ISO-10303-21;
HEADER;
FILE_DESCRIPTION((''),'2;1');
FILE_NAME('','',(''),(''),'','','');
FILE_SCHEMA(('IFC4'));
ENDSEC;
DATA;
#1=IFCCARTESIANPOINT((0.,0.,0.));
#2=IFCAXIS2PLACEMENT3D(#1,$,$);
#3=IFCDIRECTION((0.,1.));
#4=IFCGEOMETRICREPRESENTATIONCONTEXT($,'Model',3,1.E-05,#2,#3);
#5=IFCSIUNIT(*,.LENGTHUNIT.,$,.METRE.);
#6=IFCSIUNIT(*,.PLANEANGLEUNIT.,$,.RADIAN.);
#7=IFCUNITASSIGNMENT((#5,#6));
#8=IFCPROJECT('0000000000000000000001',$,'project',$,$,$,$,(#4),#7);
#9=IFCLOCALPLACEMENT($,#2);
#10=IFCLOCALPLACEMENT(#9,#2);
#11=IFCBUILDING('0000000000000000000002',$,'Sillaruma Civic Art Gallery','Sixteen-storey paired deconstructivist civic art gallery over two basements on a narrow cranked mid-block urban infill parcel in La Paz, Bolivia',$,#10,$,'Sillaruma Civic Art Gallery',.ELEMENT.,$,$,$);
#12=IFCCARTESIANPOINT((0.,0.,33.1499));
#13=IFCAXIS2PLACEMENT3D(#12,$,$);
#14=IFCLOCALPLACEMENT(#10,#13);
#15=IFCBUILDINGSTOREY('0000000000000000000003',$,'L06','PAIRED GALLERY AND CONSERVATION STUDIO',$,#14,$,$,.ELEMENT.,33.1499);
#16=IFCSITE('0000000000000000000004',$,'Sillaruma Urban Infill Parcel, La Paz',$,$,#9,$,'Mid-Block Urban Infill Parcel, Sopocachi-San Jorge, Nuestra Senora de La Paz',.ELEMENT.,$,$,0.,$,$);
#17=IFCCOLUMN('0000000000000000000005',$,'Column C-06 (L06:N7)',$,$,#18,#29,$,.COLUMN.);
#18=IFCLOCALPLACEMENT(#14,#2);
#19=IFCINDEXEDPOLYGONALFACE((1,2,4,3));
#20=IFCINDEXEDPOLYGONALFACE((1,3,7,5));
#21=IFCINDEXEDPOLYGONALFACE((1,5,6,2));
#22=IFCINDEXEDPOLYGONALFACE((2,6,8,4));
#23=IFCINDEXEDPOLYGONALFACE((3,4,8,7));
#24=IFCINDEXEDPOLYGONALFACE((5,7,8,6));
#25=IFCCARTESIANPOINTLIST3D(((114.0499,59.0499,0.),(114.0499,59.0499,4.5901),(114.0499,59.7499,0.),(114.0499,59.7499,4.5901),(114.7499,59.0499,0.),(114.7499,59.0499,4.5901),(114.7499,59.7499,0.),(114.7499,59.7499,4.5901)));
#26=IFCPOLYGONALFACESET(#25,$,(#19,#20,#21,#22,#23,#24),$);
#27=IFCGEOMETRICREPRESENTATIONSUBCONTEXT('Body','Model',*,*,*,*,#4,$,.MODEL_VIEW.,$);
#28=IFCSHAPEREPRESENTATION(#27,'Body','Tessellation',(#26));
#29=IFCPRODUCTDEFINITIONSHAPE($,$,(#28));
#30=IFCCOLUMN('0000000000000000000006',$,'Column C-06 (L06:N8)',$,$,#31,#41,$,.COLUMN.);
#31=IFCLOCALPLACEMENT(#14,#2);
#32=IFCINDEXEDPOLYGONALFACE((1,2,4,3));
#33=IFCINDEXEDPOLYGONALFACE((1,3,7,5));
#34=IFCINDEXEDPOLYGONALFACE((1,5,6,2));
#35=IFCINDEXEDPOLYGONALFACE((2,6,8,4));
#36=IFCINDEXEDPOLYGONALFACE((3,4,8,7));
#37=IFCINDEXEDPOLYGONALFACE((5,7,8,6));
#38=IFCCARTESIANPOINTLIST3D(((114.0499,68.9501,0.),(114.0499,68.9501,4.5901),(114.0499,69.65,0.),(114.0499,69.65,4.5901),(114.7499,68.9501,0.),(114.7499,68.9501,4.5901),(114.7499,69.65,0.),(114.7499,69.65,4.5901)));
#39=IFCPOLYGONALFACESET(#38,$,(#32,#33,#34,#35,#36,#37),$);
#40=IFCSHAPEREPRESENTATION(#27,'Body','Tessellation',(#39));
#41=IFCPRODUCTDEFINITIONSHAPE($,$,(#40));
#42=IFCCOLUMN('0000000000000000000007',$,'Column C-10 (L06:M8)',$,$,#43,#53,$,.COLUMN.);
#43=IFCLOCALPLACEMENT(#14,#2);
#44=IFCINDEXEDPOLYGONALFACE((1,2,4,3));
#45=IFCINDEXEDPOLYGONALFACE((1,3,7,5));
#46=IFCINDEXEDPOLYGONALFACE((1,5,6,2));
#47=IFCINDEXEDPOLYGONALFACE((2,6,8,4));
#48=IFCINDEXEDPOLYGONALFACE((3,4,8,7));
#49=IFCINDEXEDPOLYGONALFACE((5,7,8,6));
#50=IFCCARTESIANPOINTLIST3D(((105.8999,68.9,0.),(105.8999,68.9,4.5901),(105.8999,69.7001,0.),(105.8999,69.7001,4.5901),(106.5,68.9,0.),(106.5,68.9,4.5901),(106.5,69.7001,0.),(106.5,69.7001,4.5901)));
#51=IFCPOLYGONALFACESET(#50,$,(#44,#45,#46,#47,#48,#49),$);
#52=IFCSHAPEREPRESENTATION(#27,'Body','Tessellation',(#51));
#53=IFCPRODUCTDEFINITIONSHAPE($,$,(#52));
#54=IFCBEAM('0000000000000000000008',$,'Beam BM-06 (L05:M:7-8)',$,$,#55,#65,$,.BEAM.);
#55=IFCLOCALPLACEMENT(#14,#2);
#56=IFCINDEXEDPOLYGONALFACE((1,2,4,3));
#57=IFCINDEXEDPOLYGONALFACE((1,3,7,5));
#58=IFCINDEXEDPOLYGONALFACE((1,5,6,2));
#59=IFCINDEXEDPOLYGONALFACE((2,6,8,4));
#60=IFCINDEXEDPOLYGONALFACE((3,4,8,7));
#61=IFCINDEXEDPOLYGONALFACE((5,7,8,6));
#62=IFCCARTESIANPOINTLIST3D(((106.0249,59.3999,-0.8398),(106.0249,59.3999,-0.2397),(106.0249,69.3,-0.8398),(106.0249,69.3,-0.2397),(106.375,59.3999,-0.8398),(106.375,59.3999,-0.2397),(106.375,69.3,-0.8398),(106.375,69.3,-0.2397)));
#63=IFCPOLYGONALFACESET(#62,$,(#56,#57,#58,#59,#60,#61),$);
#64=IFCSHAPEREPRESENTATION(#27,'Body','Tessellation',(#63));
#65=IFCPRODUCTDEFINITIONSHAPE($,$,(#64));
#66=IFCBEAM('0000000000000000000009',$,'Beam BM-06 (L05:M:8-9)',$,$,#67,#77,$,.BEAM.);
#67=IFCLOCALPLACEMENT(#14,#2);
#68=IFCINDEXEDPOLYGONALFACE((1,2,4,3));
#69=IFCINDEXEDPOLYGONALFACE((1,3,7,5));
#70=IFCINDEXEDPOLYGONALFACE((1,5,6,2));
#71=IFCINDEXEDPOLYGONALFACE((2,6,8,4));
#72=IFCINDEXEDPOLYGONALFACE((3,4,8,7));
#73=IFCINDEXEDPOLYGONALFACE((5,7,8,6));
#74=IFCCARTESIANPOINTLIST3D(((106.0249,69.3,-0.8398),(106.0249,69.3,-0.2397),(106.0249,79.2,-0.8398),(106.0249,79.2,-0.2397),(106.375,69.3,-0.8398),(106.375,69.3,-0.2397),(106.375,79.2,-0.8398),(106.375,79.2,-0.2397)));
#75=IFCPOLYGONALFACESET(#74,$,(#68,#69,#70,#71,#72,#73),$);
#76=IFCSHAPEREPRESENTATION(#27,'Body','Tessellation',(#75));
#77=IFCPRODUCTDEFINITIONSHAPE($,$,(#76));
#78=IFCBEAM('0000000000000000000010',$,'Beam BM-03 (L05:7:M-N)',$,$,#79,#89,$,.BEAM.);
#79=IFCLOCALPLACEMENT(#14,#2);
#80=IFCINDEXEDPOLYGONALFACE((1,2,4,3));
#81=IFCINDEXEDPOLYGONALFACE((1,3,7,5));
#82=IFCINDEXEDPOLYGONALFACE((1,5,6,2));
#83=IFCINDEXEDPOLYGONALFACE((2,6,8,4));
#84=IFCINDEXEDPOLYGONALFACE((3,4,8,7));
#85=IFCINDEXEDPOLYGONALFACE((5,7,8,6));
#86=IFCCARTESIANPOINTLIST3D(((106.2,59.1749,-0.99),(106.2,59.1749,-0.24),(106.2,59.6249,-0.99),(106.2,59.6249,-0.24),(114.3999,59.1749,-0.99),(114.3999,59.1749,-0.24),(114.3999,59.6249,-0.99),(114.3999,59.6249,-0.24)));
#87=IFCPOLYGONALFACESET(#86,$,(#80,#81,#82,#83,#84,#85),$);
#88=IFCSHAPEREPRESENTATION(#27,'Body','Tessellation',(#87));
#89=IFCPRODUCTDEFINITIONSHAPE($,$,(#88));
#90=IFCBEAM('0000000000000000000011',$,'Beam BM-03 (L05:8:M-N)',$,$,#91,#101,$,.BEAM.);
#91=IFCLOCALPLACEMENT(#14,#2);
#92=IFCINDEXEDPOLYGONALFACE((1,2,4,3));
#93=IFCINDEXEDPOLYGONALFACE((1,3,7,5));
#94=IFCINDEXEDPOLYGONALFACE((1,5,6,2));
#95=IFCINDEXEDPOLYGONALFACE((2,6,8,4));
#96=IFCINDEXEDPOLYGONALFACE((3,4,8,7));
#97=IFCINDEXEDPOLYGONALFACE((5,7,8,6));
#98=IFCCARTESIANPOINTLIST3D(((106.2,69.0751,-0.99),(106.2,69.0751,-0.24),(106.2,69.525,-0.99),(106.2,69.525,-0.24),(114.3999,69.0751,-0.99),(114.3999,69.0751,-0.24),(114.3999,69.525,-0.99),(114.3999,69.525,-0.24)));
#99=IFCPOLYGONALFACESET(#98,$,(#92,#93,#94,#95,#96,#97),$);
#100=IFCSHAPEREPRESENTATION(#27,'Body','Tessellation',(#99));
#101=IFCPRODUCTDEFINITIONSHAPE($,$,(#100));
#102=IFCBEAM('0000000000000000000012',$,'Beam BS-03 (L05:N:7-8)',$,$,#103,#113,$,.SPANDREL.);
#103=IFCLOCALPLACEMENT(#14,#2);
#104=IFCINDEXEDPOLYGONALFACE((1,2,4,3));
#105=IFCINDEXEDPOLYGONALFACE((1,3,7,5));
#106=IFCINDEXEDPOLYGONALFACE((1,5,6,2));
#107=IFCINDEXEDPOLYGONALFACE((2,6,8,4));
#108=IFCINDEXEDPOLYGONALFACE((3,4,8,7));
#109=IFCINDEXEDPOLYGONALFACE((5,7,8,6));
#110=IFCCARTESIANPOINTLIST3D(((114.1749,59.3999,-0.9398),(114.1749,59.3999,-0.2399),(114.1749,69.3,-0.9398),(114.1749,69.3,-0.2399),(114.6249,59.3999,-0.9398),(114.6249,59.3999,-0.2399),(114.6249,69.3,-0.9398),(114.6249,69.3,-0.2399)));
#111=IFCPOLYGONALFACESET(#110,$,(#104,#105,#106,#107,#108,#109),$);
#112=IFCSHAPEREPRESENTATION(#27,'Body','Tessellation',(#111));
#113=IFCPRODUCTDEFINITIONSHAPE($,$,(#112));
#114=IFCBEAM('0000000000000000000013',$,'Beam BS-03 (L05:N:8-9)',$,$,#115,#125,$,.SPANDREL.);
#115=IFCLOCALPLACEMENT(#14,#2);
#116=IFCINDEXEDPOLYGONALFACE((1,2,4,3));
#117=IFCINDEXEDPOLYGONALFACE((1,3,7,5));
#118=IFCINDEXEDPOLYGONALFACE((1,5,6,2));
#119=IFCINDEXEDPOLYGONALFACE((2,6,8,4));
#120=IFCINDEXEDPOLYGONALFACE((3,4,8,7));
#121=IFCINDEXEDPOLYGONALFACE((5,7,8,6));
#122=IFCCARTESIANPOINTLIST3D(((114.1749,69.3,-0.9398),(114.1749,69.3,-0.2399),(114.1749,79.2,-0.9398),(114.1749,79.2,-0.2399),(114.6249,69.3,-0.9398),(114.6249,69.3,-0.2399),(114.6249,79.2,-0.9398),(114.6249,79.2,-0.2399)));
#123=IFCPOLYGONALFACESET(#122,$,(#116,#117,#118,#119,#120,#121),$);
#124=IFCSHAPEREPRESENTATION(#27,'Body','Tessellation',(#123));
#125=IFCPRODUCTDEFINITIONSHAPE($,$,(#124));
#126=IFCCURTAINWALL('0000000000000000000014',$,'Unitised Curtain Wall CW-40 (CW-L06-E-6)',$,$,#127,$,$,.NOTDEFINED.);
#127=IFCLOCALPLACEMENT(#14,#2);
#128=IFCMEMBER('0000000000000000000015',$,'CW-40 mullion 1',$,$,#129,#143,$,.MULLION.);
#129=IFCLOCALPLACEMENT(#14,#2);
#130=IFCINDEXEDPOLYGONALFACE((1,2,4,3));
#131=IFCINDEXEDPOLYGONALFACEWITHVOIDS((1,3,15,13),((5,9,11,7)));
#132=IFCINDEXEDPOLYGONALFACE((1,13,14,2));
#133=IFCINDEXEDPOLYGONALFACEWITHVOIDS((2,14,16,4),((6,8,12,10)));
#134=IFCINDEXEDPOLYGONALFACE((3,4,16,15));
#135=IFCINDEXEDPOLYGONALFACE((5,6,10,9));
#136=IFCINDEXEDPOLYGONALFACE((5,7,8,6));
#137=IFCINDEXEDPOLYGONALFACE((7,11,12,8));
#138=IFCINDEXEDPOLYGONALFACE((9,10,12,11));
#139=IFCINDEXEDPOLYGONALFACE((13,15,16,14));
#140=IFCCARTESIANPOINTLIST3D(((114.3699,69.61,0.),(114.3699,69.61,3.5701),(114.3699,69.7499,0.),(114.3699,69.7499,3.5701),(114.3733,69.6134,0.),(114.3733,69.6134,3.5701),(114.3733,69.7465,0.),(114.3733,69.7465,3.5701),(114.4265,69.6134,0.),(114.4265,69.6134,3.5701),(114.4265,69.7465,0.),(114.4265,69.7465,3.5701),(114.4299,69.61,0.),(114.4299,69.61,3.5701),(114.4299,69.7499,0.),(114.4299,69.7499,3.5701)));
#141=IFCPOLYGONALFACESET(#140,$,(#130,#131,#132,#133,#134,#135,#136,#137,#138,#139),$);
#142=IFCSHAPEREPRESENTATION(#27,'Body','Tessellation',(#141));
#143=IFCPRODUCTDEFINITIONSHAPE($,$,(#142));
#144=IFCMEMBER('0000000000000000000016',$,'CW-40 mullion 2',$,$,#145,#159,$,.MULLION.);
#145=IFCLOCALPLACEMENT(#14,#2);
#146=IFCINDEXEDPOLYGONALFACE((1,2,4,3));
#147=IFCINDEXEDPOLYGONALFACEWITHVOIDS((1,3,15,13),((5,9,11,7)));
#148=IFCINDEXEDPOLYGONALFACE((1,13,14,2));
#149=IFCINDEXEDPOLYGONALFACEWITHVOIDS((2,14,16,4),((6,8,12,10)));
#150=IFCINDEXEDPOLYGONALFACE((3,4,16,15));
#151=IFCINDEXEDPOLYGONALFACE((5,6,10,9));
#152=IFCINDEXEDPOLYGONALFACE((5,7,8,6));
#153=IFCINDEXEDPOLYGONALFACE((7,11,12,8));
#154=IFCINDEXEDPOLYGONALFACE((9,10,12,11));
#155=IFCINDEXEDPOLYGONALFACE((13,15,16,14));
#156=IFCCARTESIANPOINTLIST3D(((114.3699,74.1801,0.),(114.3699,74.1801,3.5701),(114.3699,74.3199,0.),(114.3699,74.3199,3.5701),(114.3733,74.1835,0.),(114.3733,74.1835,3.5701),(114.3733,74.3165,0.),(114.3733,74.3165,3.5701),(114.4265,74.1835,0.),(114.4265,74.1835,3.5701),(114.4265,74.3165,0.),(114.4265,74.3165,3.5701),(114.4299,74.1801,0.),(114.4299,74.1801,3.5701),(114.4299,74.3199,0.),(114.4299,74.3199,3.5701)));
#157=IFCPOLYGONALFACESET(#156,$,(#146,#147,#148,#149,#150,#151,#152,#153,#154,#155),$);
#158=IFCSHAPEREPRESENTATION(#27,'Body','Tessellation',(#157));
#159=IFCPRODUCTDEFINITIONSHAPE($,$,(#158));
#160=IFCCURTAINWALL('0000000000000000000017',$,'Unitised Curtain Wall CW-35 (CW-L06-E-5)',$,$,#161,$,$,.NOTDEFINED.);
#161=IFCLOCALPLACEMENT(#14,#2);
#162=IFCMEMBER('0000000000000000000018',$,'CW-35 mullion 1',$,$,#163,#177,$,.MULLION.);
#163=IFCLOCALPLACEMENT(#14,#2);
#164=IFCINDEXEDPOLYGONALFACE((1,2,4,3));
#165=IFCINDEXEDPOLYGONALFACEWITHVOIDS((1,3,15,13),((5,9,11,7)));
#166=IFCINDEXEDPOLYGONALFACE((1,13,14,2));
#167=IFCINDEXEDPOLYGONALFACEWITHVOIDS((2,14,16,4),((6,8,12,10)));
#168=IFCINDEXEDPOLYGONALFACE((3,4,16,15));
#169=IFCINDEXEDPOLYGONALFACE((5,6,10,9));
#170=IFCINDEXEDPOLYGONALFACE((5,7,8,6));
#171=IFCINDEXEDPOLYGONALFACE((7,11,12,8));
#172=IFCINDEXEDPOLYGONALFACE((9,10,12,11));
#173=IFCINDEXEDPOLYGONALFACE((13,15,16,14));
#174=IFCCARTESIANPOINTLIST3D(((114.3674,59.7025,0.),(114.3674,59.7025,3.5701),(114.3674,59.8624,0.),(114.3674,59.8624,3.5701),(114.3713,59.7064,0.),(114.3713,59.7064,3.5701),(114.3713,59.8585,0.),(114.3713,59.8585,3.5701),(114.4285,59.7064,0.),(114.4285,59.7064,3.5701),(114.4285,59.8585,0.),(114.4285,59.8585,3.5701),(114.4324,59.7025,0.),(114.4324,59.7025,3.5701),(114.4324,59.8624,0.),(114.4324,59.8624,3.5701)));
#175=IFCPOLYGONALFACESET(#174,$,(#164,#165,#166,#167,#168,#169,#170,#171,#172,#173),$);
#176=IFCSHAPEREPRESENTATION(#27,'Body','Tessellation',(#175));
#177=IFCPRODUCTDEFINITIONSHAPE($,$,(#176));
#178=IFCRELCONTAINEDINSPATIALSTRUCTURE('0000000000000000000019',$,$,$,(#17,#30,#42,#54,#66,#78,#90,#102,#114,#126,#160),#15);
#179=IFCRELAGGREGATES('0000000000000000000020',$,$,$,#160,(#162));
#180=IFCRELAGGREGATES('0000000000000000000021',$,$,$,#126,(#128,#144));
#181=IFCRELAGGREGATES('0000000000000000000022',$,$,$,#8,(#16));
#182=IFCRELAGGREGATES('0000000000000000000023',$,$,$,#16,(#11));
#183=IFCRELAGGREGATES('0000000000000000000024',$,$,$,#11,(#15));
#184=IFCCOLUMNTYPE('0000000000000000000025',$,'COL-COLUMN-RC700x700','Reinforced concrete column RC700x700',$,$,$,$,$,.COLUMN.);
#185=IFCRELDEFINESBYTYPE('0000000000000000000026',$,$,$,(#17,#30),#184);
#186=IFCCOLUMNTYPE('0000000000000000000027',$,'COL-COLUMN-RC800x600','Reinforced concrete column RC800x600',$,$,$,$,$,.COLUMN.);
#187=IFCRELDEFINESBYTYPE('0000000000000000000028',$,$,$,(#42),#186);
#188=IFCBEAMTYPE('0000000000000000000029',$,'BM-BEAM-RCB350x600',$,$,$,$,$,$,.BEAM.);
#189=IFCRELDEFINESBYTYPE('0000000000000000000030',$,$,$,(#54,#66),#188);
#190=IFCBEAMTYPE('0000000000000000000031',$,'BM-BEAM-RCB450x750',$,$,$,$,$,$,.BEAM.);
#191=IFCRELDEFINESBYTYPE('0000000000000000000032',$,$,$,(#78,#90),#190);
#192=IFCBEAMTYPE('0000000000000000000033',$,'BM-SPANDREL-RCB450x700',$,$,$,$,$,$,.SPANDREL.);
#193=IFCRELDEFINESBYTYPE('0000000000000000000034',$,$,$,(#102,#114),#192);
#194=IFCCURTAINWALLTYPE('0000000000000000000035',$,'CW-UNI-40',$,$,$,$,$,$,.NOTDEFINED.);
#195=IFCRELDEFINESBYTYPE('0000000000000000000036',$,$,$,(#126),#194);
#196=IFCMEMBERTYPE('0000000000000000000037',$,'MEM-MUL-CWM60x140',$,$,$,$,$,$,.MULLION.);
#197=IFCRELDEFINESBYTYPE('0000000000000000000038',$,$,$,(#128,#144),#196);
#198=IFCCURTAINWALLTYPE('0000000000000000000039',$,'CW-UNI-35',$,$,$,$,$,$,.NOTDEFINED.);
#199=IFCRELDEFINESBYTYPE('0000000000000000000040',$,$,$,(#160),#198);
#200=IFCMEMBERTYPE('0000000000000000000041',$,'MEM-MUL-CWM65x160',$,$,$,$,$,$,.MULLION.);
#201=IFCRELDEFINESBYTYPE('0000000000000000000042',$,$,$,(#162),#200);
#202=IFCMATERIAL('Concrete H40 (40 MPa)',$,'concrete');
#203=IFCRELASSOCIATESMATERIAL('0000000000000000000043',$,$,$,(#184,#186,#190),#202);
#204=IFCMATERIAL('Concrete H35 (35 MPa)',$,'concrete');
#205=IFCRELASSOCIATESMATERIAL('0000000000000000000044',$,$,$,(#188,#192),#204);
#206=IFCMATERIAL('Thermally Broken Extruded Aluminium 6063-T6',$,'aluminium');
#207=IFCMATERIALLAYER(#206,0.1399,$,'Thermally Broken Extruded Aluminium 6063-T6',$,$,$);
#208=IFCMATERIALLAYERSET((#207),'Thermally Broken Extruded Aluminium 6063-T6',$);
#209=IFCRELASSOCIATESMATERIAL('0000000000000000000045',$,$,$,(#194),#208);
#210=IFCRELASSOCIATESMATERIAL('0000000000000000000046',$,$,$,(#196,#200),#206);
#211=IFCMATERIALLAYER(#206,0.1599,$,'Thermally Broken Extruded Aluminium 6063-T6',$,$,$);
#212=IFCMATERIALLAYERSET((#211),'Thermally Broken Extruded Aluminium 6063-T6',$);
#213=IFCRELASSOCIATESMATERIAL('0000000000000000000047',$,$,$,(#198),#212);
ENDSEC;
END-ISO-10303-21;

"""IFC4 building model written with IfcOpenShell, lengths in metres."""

from ifc_helpers import new_model, si_unit, direction, frame, origin, origin_2d, place, context, subcontext, project, spatial, rectangle, hollow_rectangle, extrude, material, layer, layer_set, material_profile, profile_set, type_object, element, aggregate, save


model = new_model("IFC4")

# Units and contexts
model_context = context("Model", 3, precision=1e-05, world=origin(), true_north=direction((0.0, 1.0)))
body_context = subcontext(model_context, "Body", "Model", "MODEL_VIEW")
ifc_project = project(units=[si_unit("LENGTHUNIT", "METRE"), si_unit("PLANEANGLEUNIT", "RADIAN")], contexts=[model_context])

# Site, building, storey
site_placement = place(None, origin())
site = spatial("IfcSite", under=ifc_project, at=site_placement, Name="Sillaruma Urban Infill Parcel, La Paz", LongName="Mid-Block Urban Infill Parcel, Sopocachi-San Jorge, Nuestra Senora de La Paz", CompositionType="ELEMENT", RefElevation=0.0)
building_placement = place(site_placement, origin())
building = spatial("IfcBuilding", under=site, at=building_placement, Name="Sillaruma Civic Art Gallery", Description="Sixteen-storey paired deconstructivist civic art gallery over two basements on a narrow cranked mid-block urban infill parcel in La Paz, Bolivia", LongName="Sillaruma Civic Art Gallery", CompositionType="ELEMENT")
storey_placement = place(building_placement, frame((0.0, 0.0, 33.1499)))
storey = spatial("IfcBuildingStorey", under=building, at=storey_placement, Name="L06", Description="PAIRED GALLERY AND CONSERVATION STUDIO", CompositionType="ELEMENT", Elevation=33.1499)

# Columns
ifc_material_1 = material(Name="Concrete H40 (40 MPa)", Category="concrete")
ifc_material_profile_1 = material_profile(ifc_material_1, rectangle(XDim=0.7, YDim=0.7, at=origin_2d()), Name="RC700x700")
ifc_profile_set_1 = profile_set([ifc_material_profile_1], Name="Concrete H40 (40 MPa)")
column_type_1 = type_object("IfcColumnType", Name="COL-COLUMN-RC700x700", Description="Reinforced concrete column RC700x700", PredefinedType="COLUMN", material=ifc_profile_set_1)
for number, where, z_axis, x_axis, name in (
    (1, (114.3999, 59.3999, 0.0), (0.0, 0.0, 1.0), (1.0, 0.0, 0.0), "Column C-06 (L06:N7)"),
    (2, (114.3999, 69.3, 0.0), (0.0, 0.0, 1.0), (1.0, 0.0, 0.0), "Column C-06 (L06:N8)"),
):
    element("IfcColumn", number, at=place(storey_placement, frame(where, z_axis=z_axis, x_axis=x_axis)), inside=storey, type_object=column_type_1, Name=name, PredefinedType="COLUMN", context=body_context, shape_type="SweptSolid", body=[
        extrude(rectangle(XDim=0.7, YDim=0.7, at=origin_2d()), origin(), (0.0, 0.0, 1.0), 4.5901),
    ])
ifc_material_profile_2 = material_profile(ifc_material_1, rectangle(XDim=0.6001, YDim=0.8, at=origin_2d()), Name="RC800x600")
ifc_profile_set_2 = profile_set([ifc_material_profile_2], Name="Concrete H40 (40 MPa)")
column_type_2 = type_object("IfcColumnType", Name="COL-COLUMN-RC800x600", Description="Reinforced concrete column RC800x600", PredefinedType="COLUMN", material=ifc_profile_set_2)
column_placement = place(storey_placement, frame((106.2, 69.3, 0.0), z_axis=(0.0, 0.0, 1.0), x_axis=(1.0, 0.0, 0.0)))
element("IfcColumn", 3, at=column_placement, inside=storey, type_object=column_type_2, Name="Column C-10 (L06:M8)", PredefinedType="COLUMN", context=body_context, shape_type="SweptSolid", body=[
    extrude(rectangle(XDim=0.6001, YDim=0.8, at=origin_2d()), origin(), (0.0, 0.0, 1.0), 4.5901),
])

# Beams
ifc_material_2 = material(Name="Concrete H35 (35 MPa)", Category="concrete")
ifc_material_profile_3 = material_profile(ifc_material_2, rectangle(XDim=0.3501, YDim=0.6001, at=origin_2d()), Name="RCB350x600")
ifc_profile_set_3 = profile_set([ifc_material_profile_3], Name="Concrete H35 (35 MPa)")
beam_type_1 = type_object("IfcBeamType", Name="BM-BEAM-RCB350x600", PredefinedType="BEAM", material=ifc_profile_set_3)
beam_1_placement = place(storey_placement, frame((106.2, 59.3999, -0.5398), z_axis=(0.0, 1.0, 0.0), x_axis=(-1.0, 0.0, 0.0)))
element("IfcBeam", 4, at=beam_1_placement, inside=storey, type_object=beam_type_1, Name="Beam BM-06 (L05:M:7-8)", PredefinedType="BEAM", context=body_context, shape_type="SweptSolid", body=[
    extrude(rectangle(XDim=0.3501, YDim=0.6001, at=origin_2d()), origin(), (0.0, 0.0, 1.0), 9.9001),
])
beam_2_placement = place(storey_placement, frame((106.2, 69.3, -0.5398), z_axis=(0.0, 1.0, 0.0), x_axis=(-1.0, 0.0, 0.0)))
element("IfcBeam", 5, at=beam_2_placement, inside=storey, type_object=beam_type_1, Name="Beam BM-06 (L05:M:8-9)", PredefinedType="BEAM", context=body_context, shape_type="SweptSolid", body=[
    extrude(rectangle(XDim=0.3501, YDim=0.6001, at=origin_2d()), origin(), (0.0, 0.0, 1.0), 9.8999),
])
ifc_material_profile_4 = material_profile(ifc_material_1, rectangle(XDim=0.45, YDim=0.75, at=origin_2d()), Name="RCB450x750")
ifc_profile_set_4 = profile_set([ifc_material_profile_4], Name="Concrete H40 (40 MPa)")
beam_type_2 = type_object("IfcBeamType", Name="BM-BEAM-RCB450x750", PredefinedType="BEAM", material=ifc_profile_set_4)
for number, where, z_axis, x_axis, name in (
    (6, (106.2, 59.3999, -0.615), (1.0, 0.0, 0.0), (0.0, 1.0, 0.0), "Beam BM-03 (L05:7:M-N)"),
    (7, (106.2, 69.3, -0.615), (1.0, 0.0, 0.0), (0.0, 1.0, 0.0), "Beam BM-03 (L05:8:M-N)"),
):
    element("IfcBeam", number, at=place(storey_placement, frame(where, z_axis=z_axis, x_axis=x_axis)), inside=storey, type_object=beam_type_2, Name=name, PredefinedType="BEAM", context=body_context, shape_type="SweptSolid", body=[
        extrude(rectangle(XDim=0.45, YDim=0.75, at=origin_2d()), origin(), (0.0, 0.0, 1.0), 8.2),
    ])
ifc_material_profile_5 = material_profile(ifc_material_2, rectangle(XDim=0.45, YDim=0.7, at=origin_2d()), Name="RCB450x700")
ifc_profile_set_5 = profile_set([ifc_material_profile_5], Name="Concrete H35 (35 MPa)")
beam_type_3 = type_object("IfcBeamType", Name="BM-SPANDREL-RCB450x700", PredefinedType="SPANDREL", material=ifc_profile_set_5)
beam_3_placement = place(storey_placement, frame((114.3999, 59.3999, -0.5898), z_axis=(0.0, 1.0, 0.0), x_axis=(-1.0, 0.0, 0.0)))
element("IfcBeam", 8, at=beam_3_placement, inside=storey, type_object=beam_type_3, Name="Beam BS-03 (L05:N:7-8)", PredefinedType="SPANDREL", context=body_context, shape_type="SweptSolid", body=[
    extrude(rectangle(XDim=0.45, YDim=0.7, at=origin_2d()), origin(), (0.0, 0.0, 1.0), 9.9001),
])
beam_4_placement = place(storey_placement, frame((114.3999, 69.3, -0.5898), z_axis=(0.0, 1.0, 0.0), x_axis=(-1.0, 0.0, 0.0)))
element("IfcBeam", 9, at=beam_4_placement, inside=storey, type_object=beam_type_3, Name="Beam BS-03 (L05:N:8-9)", PredefinedType="SPANDREL", context=body_context, shape_type="SweptSolid", body=[
    extrude(rectangle(XDim=0.45, YDim=0.7, at=origin_2d()), origin(), (0.0, 0.0, 1.0), 9.8999),
])

# Curtain walls, members
ifc_material_3 = material(Name="Thermally Broken Extruded Aluminium 6063-T6", Category="aluminium")
ifc_layer_1 = layer(ifc_material_3, 0.1399, Name="Thermally Broken Extruded Aluminium 6063-T6")
ifc_layer_set_1 = layer_set([ifc_layer_1], Name="Thermally Broken Extruded Aluminium 6063-T6")
curtain_wall_type_1 = type_object("IfcCurtainWallType", Name="CW-UNI-40", PredefinedType="NOTDEFINED", material=ifc_layer_set_1)
curtain_wall_1_placement = place(storey_placement, origin())
curtain_wall_1 = element("IfcCurtainWall", 10, at=curtain_wall_1_placement, inside=storey, type_object=curtain_wall_type_1, Name="Unitised Curtain Wall CW-40 (CW-L06-E-6)", PredefinedType="NOTDEFINED")
ifc_material_profile_6 = material_profile(ifc_material_3, hollow_rectangle(XDim=0.0601, YDim=0.1399, WallThickness=0.0034, at=origin_2d()), Name="CWM60x140")
ifc_profile_set_6 = profile_set([ifc_material_profile_6], Name="Thermally Broken Extruded Aluminium 6063-T6")
member_type_1 = type_object("IfcMemberType", Name="MEM-MUL-CWM60x140", PredefinedType="MULLION", material=ifc_profile_set_6)
member_1_placement = place(storey_placement, frame((114.3999, 69.6799, 0.0), z_axis=(0.0, 0.0, 1.0), x_axis=(-1.0, 0.0, 0.0)))
member_1 = element("IfcMember", 11, at=member_1_placement, type_object=member_type_1, Name="CW-40 mullion 1", PredefinedType="MULLION", context=body_context, shape_type="SweptSolid", body=[
    extrude(hollow_rectangle(XDim=0.0601, YDim=0.1399, WallThickness=0.0034, at=origin_2d()), origin(), (0.0, 0.0, 1.0), 3.5701),
])
member_2_placement = place(storey_placement, frame((114.3999, 74.25, 0.0), z_axis=(0.0, 0.0, 1.0), x_axis=(-1.0, 0.0, 0.0)))
member_2 = element("IfcMember", 12, at=member_2_placement, type_object=member_type_1, Name="CW-40 mullion 2", PredefinedType="MULLION", context=body_context, shape_type="SweptSolid", body=[
    extrude(hollow_rectangle(XDim=0.0601, YDim=0.1399, WallThickness=0.0034, at=origin_2d()), origin(), (0.0, 0.0, 1.0), 3.5701),
])
ifc_layer_2 = layer(ifc_material_3, 0.1599, Name="Thermally Broken Extruded Aluminium 6063-T6")
ifc_layer_set_2 = layer_set([ifc_layer_2], Name="Thermally Broken Extruded Aluminium 6063-T6")
curtain_wall_type_2 = type_object("IfcCurtainWallType", Name="CW-UNI-35", PredefinedType="NOTDEFINED", material=ifc_layer_set_2)
curtain_wall_2_placement = place(storey_placement, origin())
curtain_wall_2 = element("IfcCurtainWall", 13, at=curtain_wall_2_placement, inside=storey, type_object=curtain_wall_type_2, Name="Unitised Curtain Wall CW-35 (CW-L06-E-5)", PredefinedType="NOTDEFINED")
ifc_material_profile_7 = material_profile(ifc_material_3, hollow_rectangle(XDim=0.0649, YDim=0.1599, WallThickness=0.0039, at=origin_2d()), Name="CWM65x160")
ifc_profile_set_7 = profile_set([ifc_material_profile_7], Name="Thermally Broken Extruded Aluminium 6063-T6")
member_type_2 = type_object("IfcMemberType", Name="MEM-MUL-CWM65x160", PredefinedType="MULLION", material=ifc_profile_set_7)
member_3_placement = place(storey_placement, frame((114.3999, 59.7825, 0.0), z_axis=(0.0, 0.0, 1.0), x_axis=(-1.0, 0.0, 0.0)))
member_3 = element("IfcMember", 14, at=member_3_placement, type_object=member_type_2, Name="CW-35 mullion 1", PredefinedType="MULLION", context=body_context, shape_type="SweptSolid", body=[
    extrude(hollow_rectangle(XDim=0.0649, YDim=0.1599, WallThickness=0.0039, at=origin_2d()), origin(), (0.0, 0.0, 1.0), 3.5701),
])

aggregate(curtain_wall_2, [member_3])
aggregate(curtain_wall_1, [member_1, member_2])

save(model, "model.ifc")
